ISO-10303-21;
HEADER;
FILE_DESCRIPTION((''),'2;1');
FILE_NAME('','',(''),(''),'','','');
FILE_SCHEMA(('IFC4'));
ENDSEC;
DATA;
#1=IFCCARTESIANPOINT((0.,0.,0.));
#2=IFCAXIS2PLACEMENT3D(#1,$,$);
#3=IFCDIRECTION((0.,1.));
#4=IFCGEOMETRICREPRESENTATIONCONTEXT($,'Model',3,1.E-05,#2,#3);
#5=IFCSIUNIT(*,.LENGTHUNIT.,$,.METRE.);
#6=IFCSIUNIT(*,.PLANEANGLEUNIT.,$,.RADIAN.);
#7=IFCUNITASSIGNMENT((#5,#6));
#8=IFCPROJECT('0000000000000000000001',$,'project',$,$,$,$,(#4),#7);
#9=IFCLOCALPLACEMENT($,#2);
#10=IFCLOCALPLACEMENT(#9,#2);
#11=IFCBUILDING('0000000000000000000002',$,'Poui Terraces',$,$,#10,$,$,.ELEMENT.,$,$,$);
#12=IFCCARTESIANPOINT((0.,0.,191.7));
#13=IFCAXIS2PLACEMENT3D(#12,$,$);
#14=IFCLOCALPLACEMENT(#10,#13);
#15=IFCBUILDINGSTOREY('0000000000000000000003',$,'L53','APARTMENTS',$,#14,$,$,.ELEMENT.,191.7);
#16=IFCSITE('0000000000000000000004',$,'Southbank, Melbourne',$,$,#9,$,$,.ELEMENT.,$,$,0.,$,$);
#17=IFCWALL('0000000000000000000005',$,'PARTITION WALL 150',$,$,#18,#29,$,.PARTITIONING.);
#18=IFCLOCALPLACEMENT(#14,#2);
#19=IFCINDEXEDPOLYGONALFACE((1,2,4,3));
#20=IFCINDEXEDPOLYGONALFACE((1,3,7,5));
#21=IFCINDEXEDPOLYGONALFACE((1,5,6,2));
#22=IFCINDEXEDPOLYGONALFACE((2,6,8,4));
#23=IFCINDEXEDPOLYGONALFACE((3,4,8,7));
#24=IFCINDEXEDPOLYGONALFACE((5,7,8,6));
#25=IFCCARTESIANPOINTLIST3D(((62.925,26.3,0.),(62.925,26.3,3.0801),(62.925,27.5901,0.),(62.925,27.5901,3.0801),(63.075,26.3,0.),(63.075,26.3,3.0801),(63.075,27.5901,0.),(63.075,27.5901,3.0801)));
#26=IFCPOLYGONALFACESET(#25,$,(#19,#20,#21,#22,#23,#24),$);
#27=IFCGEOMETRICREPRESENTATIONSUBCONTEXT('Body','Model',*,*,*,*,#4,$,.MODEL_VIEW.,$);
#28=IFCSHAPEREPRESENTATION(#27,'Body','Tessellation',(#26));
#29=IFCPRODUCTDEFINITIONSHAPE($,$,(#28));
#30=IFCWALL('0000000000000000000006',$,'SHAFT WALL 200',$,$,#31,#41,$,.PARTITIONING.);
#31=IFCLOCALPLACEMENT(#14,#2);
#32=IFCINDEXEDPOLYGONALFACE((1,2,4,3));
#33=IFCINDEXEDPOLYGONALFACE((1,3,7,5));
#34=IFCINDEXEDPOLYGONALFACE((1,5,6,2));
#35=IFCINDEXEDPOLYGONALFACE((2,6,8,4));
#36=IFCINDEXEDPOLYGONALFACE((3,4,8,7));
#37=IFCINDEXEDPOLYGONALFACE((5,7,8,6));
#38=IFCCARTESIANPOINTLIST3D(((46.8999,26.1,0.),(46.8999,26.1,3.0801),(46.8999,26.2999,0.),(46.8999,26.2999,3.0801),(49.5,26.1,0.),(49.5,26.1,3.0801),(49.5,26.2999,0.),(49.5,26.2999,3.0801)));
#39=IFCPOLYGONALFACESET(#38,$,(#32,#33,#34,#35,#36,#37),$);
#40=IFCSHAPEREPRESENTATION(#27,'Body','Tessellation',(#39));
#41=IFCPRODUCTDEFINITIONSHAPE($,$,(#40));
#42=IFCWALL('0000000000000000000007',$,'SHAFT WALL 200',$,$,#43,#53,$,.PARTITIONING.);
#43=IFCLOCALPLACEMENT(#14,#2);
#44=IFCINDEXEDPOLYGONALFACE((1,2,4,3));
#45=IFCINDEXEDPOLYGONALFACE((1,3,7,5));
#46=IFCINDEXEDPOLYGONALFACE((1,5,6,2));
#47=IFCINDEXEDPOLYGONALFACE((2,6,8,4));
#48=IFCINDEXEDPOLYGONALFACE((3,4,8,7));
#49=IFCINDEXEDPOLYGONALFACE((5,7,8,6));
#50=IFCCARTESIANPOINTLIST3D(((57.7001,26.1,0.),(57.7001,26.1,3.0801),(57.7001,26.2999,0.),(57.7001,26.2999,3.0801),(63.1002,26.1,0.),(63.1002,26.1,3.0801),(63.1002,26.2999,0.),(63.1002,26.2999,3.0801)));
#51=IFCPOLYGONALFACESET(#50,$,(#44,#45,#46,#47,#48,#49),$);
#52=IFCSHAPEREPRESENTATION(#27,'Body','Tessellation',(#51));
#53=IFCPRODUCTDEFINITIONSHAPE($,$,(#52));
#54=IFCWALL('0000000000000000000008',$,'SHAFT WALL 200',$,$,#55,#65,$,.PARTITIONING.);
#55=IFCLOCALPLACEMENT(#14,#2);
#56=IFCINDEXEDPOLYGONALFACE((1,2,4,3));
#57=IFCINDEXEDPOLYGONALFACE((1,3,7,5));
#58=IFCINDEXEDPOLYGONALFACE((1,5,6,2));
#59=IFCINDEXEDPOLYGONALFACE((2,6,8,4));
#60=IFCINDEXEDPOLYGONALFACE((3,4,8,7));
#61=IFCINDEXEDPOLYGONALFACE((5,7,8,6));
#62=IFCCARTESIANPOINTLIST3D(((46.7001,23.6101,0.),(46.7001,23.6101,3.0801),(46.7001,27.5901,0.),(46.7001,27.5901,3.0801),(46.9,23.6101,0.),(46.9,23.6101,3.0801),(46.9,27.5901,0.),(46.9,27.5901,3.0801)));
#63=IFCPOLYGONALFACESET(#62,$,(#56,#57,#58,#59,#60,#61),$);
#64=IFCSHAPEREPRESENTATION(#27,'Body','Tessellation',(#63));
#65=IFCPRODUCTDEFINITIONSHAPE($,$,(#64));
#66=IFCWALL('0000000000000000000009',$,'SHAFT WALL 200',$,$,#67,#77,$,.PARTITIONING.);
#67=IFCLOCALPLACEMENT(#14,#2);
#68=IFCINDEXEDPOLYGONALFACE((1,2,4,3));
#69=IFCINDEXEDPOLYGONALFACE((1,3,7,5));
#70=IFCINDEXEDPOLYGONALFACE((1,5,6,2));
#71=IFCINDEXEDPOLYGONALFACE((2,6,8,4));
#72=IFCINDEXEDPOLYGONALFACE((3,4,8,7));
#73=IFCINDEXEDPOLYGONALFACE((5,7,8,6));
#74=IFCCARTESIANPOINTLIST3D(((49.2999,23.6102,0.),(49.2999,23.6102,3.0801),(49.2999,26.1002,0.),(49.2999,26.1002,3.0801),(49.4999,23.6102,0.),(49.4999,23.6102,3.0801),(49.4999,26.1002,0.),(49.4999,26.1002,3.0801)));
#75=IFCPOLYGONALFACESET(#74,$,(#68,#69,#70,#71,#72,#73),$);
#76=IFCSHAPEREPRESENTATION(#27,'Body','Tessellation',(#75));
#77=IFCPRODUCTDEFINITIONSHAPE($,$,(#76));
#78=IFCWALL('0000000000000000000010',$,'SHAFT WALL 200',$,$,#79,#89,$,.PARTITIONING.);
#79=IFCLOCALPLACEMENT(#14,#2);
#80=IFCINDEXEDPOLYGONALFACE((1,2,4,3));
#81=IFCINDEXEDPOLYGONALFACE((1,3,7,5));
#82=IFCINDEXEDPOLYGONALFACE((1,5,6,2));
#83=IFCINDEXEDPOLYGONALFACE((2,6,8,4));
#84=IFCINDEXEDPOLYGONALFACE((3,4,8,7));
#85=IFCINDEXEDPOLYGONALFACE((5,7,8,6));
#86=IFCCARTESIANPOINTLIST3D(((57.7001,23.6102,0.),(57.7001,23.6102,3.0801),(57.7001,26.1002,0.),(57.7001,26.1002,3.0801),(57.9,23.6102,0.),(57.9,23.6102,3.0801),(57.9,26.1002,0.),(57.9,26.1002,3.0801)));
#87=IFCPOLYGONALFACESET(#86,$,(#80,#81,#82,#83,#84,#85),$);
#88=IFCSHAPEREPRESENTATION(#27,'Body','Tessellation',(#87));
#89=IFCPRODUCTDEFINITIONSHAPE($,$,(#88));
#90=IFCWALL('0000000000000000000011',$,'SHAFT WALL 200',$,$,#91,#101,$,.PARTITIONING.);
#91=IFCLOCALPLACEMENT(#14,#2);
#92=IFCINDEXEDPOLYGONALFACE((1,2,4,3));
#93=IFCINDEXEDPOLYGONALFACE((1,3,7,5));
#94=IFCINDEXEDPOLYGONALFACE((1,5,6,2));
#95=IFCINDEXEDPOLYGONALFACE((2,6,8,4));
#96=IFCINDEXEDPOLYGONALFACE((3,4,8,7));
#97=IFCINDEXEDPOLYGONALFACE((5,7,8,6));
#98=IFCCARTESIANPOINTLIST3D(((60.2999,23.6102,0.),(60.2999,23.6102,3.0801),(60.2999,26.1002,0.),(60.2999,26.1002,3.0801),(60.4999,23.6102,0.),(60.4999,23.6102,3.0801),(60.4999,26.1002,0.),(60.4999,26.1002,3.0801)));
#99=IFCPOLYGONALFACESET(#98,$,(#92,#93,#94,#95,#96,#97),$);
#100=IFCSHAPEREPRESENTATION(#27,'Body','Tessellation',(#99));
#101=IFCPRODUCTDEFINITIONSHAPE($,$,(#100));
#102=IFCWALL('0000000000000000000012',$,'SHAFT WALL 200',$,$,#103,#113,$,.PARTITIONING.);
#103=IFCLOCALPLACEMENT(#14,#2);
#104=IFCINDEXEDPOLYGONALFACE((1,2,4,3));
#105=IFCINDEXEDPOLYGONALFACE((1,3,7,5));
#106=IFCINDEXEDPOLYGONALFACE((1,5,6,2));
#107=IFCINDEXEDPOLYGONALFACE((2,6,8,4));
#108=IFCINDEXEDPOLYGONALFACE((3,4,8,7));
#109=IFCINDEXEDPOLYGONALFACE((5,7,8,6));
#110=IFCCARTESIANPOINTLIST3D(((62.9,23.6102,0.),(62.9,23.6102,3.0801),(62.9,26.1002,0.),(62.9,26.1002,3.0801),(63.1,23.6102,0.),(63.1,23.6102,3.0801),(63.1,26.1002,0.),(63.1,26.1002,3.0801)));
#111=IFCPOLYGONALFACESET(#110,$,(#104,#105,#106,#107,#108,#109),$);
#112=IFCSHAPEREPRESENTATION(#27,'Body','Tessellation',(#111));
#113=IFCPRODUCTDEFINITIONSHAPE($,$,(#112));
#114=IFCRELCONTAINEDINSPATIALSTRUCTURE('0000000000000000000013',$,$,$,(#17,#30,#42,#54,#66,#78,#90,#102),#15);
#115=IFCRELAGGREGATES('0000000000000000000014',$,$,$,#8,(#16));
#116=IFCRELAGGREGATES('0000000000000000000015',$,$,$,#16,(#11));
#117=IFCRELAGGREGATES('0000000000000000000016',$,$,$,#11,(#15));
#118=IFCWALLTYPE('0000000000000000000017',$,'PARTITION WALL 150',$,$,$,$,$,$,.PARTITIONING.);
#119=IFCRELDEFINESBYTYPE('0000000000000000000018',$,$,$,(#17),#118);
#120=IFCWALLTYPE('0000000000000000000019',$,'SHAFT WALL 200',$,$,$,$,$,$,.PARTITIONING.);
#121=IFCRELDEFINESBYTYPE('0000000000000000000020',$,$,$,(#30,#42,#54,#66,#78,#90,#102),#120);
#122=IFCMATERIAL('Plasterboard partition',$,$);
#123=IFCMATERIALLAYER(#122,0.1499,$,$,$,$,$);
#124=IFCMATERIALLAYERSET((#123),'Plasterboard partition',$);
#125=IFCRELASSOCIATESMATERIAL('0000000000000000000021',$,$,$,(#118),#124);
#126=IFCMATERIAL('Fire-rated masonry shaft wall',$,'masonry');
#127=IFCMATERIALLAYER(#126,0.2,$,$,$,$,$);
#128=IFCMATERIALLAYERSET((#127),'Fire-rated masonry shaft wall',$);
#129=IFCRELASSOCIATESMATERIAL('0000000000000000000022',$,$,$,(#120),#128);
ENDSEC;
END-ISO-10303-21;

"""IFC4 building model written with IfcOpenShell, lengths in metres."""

from ifc_helpers import new_model, si_unit, direction, frame, frame_2d, origin, place, context, subcontext, project, spatial, rectangle, extrude, material, layer, layer_set, type_object, element, save


model = new_model("IFC4")

# Units and contexts
model_context = context("Model", 3, precision=1e-05, world=origin(), true_north=direction((0.0, 1.0)))
body_context = subcontext(model_context, "Body", "Model", "MODEL_VIEW")
ifc_project = project(units=[si_unit("LENGTHUNIT", "METRE"), si_unit("PLANEANGLEUNIT", "RADIAN")], contexts=[model_context])

# Site, building, storey
site_placement = place(None, origin())
site = spatial("IfcSite", under=ifc_project, at=site_placement, Name="Southbank, Melbourne", CompositionType="ELEMENT", RefElevation=0.0)
building_placement = place(site_placement, origin())
building = spatial("IfcBuilding", under=site, at=building_placement, Name="Poui Terraces", CompositionType="ELEMENT")
storey_placement = place(building_placement, frame((0.0, 0.0, 191.7)))
storey = spatial("IfcBuildingStorey", under=building, at=storey_placement, Name="L53", Description="APARTMENTS", CompositionType="ELEMENT", Elevation=191.7)

# Walls
ifc_material_1 = material(Name="Plasterboard partition")
ifc_layer_1 = layer(ifc_material_1, 0.1499)
ifc_layer_set_1 = layer_set([ifc_layer_1], Name="Plasterboard partition")
wall_type_1 = type_object("IfcWallType", Name="PARTITION WALL 150", PredefinedType="PARTITIONING", material=ifc_layer_set_1)
for number, where, z_axis, x_axis, name in (
    (1, (63.0, 26.3, 0.0), (0.0, 0.0, 1.0), (0.0, 1.0, 0.0), "PARTITION WALL 150"),
):
    element("IfcWall", number, at=place(storey_placement, frame(where, z_axis=z_axis, x_axis=x_axis)), inside=storey, type_object=wall_type_1, Name=name, PredefinedType="PARTITIONING", context=body_context, shape_type="SweptSolid", body=[
        extrude(rectangle(XDim=1.29, YDim=0.1499, at=frame_2d((0.645, 0.0))), origin(), (0.0, 0.0, 1.0), 3.0801),
    ])
ifc_material_2 = material(Name="Fire-rated masonry shaft wall", Category="masonry")
ifc_layer_2 = layer(ifc_material_2, 0.2)
ifc_layer_set_2 = layer_set([ifc_layer_2], Name="Fire-rated masonry shaft wall")
wall_type_2 = type_object("IfcWallType", Name="SHAFT WALL 200", PredefinedType="PARTITIONING", material=ifc_layer_set_2)
wall_1_placement = place(storey_placement, frame((46.8999, 26.2, 0.0), z_axis=(0.0, 0.0, 1.0), x_axis=(1.0, 0.0, 0.0)))
element("IfcWall", 2, at=wall_1_placement, inside=storey, type_object=wall_type_2, Name="SHAFT WALL 200", PredefinedType="PARTITIONING", context=body_context, shape_type="SweptSolid", body=[
    extrude(rectangle(XDim=2.6001, YDim=0.2, at=frame_2d((1.3, 0.0))), origin(), (0.0, 0.0, 1.0), 3.0801),
])
wall_2_placement = place(storey_placement, frame((57.7, 26.2, 0.0), z_axis=(0.0, 0.0, 1.0), x_axis=(1.0, 0.0, 0.0)))
element("IfcWall", 3, at=wall_2_placement, inside=storey, type_object=wall_type_2, Name="SHAFT WALL 200", PredefinedType="PARTITIONING", context=body_context, shape_type="SweptSolid", body=[
    extrude(rectangle(XDim=5.4001, YDim=0.2, at=frame_2d((2.7002, 0.0))), origin(), (0.0, 0.0, 1.0), 3.0801),
])
wall_3_placement = place(storey_placement, frame((46.8, 23.6101, 0.0), z_axis=(0.0, 0.0, 1.0), x_axis=(0.0, 1.0, 0.0)))
element("IfcWall", 4, at=wall_3_placement, inside=storey, type_object=wall_type_2, Name="SHAFT WALL 200", PredefinedType="PARTITIONING", context=body_context, shape_type="SweptSolid", body=[
    extrude(rectangle(XDim=3.98, YDim=0.2, at=frame_2d((1.99, 0.0))), origin(), (0.0, 0.0, 1.0), 3.0801),
])
for number, where, z_axis, x_axis, name in (
    (5, (49.3999, 23.6101, 0.0), (0.0, 0.0, 1.0), (0.0, 1.0, 0.0), "SHAFT WALL 200"),
    (6, (57.8, 23.6101, 0.0), (0.0, 0.0, 1.0), (0.0, 1.0, 0.0), "SHAFT WALL 200"),
    (7, (60.3999, 23.6101, 0.0), (0.0, 0.0, 1.0), (0.0, 1.0, 0.0), "SHAFT WALL 200"),
    (8, (63.0, 23.6101, 0.0), (0.0, 0.0, 1.0), (0.0, 1.0, 0.0), "SHAFT WALL 200"),
):
    element("IfcWall", number, at=place(storey_placement, frame(where, z_axis=z_axis, x_axis=x_axis)), inside=storey, type_object=wall_type_2, Name=name, PredefinedType="PARTITIONING", context=body_context, shape_type="SweptSolid", body=[
        extrude(rectangle(XDim=2.49, YDim=0.2, at=frame_2d((1.2451, 0.0))), origin(), (0.0, 0.0, 1.0), 3.0801),
    ])

save(model, "model.ifc")
